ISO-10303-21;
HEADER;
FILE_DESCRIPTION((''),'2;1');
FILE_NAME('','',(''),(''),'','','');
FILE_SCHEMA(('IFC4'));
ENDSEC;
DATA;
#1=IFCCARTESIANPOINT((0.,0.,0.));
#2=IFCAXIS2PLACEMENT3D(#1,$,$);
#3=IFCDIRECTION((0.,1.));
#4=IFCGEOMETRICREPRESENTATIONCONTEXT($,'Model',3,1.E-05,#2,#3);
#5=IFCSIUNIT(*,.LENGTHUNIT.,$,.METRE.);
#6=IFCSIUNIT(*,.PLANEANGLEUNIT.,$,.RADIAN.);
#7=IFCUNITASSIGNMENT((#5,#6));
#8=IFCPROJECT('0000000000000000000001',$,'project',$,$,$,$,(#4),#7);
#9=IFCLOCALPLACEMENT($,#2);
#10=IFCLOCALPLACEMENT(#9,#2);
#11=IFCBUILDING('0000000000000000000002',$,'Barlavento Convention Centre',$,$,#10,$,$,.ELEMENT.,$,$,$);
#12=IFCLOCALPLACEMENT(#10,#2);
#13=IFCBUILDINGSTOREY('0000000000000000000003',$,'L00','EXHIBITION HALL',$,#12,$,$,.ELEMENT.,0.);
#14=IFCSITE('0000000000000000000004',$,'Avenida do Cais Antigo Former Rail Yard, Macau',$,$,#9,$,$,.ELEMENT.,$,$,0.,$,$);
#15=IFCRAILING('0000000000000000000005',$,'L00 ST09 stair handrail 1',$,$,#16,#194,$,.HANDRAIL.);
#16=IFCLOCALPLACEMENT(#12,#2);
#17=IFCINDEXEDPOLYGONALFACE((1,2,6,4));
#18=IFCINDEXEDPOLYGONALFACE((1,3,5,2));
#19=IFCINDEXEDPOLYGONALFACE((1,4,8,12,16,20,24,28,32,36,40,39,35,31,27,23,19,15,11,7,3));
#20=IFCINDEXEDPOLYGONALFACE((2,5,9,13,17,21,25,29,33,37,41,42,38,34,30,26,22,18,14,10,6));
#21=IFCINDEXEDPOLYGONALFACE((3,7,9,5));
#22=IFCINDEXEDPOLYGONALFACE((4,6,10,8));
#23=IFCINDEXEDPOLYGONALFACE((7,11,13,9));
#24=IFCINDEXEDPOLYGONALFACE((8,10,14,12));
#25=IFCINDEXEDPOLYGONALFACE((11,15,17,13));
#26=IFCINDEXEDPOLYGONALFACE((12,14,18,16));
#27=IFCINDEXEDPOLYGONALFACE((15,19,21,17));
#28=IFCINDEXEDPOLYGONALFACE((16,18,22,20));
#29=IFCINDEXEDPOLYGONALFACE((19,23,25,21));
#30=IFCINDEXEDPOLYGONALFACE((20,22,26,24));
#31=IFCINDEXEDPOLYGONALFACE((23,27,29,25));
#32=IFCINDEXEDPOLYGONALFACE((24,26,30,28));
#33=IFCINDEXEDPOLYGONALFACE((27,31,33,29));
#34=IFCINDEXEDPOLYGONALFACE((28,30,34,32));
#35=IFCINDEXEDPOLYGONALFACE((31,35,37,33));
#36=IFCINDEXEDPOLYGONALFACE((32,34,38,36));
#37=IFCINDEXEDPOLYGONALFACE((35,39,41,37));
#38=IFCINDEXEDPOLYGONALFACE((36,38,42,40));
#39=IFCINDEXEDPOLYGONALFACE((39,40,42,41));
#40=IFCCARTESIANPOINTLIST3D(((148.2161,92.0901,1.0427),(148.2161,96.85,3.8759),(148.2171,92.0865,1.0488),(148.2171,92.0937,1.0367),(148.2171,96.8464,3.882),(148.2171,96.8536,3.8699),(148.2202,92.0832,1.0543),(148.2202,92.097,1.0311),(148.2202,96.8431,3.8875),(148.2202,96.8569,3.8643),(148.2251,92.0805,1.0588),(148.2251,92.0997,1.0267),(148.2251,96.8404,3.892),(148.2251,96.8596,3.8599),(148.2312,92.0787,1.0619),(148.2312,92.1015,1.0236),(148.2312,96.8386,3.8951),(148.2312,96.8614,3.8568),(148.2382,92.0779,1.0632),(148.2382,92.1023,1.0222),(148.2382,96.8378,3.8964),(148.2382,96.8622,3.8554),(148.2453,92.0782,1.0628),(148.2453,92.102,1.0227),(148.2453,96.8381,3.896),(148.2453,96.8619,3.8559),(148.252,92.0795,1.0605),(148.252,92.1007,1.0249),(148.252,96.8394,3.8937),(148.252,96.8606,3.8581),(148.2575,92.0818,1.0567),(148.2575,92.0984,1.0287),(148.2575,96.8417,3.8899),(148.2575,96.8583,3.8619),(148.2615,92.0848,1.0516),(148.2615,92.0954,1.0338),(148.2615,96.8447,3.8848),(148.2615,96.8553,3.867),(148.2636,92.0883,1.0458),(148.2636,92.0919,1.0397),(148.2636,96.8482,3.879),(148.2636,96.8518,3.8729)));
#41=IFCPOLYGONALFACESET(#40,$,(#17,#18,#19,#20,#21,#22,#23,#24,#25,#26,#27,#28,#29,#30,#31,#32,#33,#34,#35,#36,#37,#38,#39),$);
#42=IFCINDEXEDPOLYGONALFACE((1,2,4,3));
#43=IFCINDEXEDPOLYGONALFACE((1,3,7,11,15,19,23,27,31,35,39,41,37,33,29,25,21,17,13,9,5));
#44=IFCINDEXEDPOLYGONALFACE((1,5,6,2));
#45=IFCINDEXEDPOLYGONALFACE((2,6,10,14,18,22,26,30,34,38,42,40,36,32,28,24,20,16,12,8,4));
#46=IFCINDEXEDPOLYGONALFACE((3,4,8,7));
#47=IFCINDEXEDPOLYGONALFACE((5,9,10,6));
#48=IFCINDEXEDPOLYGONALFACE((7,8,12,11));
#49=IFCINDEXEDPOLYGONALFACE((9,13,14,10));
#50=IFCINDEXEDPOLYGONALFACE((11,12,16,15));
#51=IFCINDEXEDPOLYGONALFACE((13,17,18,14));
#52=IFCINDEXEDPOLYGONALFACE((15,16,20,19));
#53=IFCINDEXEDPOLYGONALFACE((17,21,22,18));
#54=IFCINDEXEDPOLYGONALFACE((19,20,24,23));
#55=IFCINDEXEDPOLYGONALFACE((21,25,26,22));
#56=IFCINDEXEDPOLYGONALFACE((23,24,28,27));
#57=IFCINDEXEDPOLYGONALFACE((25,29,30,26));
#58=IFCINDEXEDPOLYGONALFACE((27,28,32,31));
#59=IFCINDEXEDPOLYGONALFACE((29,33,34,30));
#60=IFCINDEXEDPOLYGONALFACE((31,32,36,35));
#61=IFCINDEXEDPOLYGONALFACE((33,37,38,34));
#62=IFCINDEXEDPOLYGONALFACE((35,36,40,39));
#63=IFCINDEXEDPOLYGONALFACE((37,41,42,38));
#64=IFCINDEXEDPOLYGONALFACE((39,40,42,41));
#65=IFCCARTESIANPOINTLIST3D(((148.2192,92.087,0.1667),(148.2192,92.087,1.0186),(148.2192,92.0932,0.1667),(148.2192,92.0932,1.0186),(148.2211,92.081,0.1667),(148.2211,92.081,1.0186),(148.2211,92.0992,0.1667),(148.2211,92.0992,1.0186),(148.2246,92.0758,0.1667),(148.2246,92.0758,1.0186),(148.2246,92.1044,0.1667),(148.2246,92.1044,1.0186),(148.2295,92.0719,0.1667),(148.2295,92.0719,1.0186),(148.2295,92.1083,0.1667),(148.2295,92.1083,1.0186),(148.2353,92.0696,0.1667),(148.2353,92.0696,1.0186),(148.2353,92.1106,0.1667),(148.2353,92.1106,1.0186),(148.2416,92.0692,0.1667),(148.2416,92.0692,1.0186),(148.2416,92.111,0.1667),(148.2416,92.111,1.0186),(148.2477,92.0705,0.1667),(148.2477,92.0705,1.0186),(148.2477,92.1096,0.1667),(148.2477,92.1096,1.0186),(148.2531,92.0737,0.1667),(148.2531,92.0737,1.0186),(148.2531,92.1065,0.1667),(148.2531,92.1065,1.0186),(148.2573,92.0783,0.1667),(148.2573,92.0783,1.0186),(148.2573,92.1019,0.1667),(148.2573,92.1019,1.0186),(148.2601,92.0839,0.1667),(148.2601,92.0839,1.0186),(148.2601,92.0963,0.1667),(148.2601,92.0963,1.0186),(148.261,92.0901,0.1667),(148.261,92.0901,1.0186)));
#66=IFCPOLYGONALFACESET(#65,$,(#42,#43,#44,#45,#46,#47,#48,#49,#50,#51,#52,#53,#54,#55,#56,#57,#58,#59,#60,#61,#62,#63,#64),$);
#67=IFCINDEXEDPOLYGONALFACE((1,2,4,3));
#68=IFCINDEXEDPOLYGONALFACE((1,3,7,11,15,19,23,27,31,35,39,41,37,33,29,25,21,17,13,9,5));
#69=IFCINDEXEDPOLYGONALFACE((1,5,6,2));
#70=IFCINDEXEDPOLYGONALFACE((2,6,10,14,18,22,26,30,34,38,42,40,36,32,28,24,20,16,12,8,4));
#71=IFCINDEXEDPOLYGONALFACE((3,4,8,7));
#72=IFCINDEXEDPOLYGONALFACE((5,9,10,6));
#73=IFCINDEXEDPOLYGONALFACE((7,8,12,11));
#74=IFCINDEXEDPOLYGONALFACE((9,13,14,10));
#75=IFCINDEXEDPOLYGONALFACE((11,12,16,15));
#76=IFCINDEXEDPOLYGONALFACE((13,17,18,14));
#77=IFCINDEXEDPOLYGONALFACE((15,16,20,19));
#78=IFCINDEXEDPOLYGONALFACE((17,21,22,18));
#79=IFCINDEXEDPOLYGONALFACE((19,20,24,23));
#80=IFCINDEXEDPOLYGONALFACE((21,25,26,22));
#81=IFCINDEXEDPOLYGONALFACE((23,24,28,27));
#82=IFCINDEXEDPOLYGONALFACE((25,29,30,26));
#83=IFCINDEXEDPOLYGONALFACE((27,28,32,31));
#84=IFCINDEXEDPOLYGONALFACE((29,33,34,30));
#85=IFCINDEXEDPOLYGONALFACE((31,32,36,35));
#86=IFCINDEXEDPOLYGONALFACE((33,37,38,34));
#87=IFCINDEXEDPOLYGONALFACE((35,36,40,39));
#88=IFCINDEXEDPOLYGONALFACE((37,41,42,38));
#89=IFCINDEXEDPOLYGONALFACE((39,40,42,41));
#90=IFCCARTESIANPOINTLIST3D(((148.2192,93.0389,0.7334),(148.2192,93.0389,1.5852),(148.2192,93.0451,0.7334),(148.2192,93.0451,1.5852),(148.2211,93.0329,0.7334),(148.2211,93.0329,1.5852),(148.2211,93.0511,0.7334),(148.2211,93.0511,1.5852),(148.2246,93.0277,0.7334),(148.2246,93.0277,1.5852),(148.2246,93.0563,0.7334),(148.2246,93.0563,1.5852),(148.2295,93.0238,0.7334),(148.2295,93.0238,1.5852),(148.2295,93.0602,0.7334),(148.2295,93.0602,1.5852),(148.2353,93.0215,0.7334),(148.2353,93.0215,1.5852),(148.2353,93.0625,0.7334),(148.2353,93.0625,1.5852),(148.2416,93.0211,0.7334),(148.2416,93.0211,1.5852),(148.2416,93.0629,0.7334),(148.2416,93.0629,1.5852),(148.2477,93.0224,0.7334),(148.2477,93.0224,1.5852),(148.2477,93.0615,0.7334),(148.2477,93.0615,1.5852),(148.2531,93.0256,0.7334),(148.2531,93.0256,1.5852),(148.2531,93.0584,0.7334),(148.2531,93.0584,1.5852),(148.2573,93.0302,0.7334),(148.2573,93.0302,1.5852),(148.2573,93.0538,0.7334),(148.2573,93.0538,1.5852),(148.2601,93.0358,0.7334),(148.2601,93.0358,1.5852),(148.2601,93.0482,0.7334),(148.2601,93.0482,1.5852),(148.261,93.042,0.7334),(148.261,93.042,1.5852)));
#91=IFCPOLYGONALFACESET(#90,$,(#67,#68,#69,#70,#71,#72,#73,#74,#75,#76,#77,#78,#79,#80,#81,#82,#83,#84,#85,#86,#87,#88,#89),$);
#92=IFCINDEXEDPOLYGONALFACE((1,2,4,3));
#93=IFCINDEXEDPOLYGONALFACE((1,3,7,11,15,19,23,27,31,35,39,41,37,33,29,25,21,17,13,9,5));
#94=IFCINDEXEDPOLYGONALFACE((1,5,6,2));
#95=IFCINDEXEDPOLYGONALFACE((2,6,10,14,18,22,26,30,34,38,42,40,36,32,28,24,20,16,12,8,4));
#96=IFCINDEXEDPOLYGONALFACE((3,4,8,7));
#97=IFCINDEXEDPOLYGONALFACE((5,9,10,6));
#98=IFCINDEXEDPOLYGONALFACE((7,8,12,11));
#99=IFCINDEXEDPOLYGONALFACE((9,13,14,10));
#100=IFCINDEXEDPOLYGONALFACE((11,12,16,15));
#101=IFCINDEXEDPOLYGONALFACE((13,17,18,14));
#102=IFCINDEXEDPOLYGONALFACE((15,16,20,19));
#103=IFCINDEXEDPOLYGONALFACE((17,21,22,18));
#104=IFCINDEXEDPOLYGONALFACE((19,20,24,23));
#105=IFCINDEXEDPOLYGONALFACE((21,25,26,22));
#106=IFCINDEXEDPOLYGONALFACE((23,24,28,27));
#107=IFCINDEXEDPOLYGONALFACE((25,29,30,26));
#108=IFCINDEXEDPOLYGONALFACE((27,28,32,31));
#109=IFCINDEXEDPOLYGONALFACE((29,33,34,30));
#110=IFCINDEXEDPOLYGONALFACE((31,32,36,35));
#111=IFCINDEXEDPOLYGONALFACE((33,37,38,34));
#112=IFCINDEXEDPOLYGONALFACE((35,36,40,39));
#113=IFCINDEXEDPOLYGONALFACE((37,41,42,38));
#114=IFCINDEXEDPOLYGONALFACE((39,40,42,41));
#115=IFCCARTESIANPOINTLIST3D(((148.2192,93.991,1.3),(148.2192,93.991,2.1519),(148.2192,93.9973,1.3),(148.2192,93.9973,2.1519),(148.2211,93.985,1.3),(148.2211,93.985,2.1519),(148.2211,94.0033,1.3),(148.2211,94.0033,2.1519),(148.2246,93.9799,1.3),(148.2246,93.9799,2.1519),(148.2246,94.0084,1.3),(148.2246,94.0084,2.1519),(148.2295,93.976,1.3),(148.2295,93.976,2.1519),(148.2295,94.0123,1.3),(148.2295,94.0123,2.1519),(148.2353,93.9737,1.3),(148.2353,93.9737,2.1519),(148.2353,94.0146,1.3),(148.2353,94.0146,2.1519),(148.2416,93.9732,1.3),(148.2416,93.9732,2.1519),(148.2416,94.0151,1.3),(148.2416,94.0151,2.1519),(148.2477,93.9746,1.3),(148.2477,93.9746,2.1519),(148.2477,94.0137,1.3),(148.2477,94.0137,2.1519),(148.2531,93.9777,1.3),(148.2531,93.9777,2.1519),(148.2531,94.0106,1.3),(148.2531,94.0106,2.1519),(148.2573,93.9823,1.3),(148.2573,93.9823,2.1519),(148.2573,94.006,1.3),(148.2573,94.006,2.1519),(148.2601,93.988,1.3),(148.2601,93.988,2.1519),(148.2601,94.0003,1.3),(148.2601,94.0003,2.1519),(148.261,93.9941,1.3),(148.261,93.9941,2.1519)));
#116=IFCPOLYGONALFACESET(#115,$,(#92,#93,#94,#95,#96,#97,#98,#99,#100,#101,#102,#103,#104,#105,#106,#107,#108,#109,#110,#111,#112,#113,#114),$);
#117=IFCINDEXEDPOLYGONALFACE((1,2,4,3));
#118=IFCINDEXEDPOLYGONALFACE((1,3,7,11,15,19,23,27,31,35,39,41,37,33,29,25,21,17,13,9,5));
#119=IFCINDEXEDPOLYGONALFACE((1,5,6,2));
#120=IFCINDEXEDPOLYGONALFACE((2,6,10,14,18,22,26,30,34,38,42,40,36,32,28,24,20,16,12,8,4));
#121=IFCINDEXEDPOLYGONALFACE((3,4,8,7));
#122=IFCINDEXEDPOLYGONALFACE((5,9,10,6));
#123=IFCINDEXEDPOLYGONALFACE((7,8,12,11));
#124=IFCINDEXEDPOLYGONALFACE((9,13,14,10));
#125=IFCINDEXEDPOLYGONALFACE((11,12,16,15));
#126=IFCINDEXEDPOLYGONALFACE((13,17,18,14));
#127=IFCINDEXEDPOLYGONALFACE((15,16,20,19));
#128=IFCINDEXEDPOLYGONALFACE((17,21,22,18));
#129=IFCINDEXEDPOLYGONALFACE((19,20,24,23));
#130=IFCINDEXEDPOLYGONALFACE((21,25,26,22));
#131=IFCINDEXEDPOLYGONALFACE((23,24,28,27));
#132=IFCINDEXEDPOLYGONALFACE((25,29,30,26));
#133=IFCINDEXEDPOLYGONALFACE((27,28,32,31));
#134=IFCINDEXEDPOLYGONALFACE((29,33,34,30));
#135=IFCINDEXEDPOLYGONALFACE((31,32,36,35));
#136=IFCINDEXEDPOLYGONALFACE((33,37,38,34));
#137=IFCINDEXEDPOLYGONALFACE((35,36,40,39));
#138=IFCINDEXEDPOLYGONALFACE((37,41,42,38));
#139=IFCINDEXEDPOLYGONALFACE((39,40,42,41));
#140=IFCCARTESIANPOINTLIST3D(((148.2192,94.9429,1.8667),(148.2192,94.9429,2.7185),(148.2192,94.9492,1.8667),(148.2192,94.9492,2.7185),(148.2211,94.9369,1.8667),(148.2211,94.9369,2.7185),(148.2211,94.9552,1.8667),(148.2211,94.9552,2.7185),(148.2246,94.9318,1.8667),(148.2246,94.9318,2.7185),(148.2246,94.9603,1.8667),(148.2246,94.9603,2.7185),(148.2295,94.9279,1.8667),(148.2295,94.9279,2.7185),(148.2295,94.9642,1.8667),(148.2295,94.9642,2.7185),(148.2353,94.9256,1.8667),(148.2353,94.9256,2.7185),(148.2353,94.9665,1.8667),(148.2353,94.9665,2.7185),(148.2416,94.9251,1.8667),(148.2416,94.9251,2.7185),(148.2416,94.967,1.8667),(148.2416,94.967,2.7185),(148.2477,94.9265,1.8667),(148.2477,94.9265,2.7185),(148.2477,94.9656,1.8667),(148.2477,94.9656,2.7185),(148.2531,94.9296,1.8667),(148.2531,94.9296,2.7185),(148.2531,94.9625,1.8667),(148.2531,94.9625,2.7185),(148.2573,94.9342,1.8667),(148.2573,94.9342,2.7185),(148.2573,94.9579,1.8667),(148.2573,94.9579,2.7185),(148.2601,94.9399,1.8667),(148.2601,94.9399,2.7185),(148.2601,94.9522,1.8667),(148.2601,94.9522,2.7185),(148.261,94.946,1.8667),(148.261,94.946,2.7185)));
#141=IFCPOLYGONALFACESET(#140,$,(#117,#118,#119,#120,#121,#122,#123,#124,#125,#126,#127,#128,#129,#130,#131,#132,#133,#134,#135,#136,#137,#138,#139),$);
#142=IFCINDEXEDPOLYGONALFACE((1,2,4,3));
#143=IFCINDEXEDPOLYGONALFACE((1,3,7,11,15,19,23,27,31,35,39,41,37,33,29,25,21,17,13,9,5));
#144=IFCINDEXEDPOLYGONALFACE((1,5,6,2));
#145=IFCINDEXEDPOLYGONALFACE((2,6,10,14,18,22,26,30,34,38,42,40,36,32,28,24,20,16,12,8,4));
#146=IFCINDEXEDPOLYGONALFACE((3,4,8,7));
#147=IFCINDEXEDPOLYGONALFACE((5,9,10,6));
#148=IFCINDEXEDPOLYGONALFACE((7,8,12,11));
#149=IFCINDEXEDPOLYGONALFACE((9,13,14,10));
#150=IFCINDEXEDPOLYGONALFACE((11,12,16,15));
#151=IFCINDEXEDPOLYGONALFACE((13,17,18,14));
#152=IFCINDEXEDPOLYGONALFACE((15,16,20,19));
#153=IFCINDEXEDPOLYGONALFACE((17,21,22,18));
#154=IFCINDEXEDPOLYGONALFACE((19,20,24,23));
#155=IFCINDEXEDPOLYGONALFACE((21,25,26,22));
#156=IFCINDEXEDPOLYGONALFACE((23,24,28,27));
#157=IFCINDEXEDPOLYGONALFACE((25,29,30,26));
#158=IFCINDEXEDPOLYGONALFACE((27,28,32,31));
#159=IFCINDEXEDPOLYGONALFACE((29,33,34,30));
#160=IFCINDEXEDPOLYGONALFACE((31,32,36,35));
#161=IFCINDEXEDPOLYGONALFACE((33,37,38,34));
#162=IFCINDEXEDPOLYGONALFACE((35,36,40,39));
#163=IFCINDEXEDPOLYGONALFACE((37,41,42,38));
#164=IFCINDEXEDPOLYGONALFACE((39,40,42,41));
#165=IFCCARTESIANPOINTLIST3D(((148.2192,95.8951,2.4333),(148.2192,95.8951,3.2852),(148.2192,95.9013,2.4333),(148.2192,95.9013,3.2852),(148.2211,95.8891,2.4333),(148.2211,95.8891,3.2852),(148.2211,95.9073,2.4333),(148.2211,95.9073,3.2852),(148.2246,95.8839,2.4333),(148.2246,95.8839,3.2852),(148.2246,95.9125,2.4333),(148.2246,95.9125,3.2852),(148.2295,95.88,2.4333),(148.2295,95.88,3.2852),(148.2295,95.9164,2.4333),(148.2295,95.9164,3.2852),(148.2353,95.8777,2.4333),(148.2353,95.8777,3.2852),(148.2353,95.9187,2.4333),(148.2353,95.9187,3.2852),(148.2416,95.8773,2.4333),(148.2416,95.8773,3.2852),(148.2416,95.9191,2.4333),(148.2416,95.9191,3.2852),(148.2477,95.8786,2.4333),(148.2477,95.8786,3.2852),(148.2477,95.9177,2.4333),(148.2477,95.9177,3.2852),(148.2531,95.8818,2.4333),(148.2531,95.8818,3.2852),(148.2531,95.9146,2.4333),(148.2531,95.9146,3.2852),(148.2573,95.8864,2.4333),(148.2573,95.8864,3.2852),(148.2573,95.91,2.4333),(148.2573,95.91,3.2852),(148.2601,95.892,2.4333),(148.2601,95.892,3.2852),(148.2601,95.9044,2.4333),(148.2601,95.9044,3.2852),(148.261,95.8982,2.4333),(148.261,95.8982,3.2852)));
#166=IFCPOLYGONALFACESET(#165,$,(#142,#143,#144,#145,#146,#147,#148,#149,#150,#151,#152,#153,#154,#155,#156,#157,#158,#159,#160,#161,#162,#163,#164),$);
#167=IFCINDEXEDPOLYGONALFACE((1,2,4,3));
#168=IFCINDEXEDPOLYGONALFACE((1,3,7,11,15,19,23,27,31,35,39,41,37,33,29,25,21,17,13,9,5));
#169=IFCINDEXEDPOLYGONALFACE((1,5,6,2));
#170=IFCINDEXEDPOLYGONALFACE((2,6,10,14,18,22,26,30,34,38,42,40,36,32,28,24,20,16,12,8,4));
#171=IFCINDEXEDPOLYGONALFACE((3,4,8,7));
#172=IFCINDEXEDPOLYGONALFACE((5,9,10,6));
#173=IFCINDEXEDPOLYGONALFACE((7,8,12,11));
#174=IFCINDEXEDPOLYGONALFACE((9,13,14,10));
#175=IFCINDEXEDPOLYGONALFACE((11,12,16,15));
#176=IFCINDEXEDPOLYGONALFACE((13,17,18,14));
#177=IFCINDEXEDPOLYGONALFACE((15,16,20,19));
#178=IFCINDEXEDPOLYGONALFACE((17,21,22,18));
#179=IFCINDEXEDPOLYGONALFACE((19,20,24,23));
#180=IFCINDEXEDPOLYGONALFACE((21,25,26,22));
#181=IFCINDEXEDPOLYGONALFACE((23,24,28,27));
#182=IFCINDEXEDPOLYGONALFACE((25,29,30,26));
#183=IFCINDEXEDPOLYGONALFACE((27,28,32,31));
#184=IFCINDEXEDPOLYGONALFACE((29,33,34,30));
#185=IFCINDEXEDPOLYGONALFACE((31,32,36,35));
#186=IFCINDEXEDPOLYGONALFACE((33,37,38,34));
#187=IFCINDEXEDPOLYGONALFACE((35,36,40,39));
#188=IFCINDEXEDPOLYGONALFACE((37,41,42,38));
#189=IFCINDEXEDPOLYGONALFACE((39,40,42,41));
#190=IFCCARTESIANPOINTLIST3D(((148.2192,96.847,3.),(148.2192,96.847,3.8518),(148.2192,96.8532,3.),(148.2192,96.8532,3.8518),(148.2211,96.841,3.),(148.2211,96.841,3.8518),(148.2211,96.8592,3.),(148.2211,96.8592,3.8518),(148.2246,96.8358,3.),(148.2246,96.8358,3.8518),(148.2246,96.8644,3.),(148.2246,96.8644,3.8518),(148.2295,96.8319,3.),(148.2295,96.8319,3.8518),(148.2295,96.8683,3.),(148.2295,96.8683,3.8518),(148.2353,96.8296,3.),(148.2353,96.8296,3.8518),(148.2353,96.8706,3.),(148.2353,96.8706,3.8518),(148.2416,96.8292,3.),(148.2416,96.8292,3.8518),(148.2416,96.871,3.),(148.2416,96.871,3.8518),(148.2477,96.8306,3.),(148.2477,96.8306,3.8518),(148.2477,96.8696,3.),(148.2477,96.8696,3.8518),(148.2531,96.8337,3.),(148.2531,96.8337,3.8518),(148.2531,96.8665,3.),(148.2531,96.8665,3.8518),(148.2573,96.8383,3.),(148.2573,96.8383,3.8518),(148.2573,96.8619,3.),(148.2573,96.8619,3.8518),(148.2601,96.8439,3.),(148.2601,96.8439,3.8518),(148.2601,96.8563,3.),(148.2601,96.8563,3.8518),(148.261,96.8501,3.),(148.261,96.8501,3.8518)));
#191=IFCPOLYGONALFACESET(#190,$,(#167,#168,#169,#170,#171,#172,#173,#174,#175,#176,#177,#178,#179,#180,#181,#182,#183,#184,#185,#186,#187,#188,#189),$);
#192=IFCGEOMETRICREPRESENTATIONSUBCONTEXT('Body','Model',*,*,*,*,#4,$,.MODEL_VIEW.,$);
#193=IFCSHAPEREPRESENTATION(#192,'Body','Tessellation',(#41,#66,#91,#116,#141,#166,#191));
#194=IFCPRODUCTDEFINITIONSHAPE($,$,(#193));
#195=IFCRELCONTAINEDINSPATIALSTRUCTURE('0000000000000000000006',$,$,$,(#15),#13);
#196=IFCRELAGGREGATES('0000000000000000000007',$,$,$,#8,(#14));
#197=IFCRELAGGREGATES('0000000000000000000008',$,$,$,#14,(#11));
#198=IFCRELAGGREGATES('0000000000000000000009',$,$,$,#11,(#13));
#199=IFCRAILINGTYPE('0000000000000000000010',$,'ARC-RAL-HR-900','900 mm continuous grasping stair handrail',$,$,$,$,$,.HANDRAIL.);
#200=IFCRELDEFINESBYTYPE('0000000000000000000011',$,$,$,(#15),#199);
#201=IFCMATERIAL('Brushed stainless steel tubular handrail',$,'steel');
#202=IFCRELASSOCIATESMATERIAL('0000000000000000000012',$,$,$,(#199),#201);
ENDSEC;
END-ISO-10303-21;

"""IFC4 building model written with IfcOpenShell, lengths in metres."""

from ifc_helpers import new_model, si_unit, direction, frame, origin, origin_2d, place, context, subcontext, project, spatial, circle, extrude, material, type_object, element, save


model = new_model("IFC4")

# Units and contexts
model_context = context("Model", 3, precision=1e-05, world=origin(), true_north=direction((0.0, 1.0)))
body_context = subcontext(model_context, "Body", "Model", "MODEL_VIEW")
ifc_project = project(units=[si_unit("LENGTHUNIT", "METRE"), si_unit("PLANEANGLEUNIT", "RADIAN")], contexts=[model_context])

# Site, building, storey
site_placement = place(None, origin())
site = spatial("IfcSite", under=ifc_project, at=site_placement, Name="Avenida do Cais Antigo Former Rail Yard, Macau", CompositionType="ELEMENT", RefElevation=0.0)
building_placement = place(site_placement, origin())
building = spatial("IfcBuilding", under=site, at=building_placement, Name="Barlavento Convention Centre", CompositionType="ELEMENT")
storey_placement = place(building_placement, origin())
storey = spatial("IfcBuildingStorey", under=building, at=storey_placement, Name="L00", Description="EXHIBITION HALL", CompositionType="ELEMENT", Elevation=0.0)

# Railing
ifc_material_1 = material(Name="Brushed stainless steel tubular handrail", Category="steel")
railing_type_1 = type_object("IfcRailingType", Name="ARC-RAL-HR-900", Description="900 mm continuous grasping stair handrail", PredefinedType="HANDRAIL", material=ifc_material_1)
railing_1_placement = place(storey_placement, frame((148.24, 92.0901, 0.1667)))
element("IfcRailing", 1, at=railing_1_placement, inside=storey, type_object=railing_type_1, Name="L00 ST09 stair handrail 1", PredefinedType="HANDRAIL", context=body_context, shape_type="SweptSolid", body=[
    extrude(circle(Radius=0.0239, at=origin_2d()), frame((0.0, 0.0, 0.876), z_axis=(0.0, 0.8593, 0.511472), x_axis=(-1.0, 0.0, 0.0)), (0.0, 0.0, 1.0), 5.5393),
    extrude(circle(Radius=0.021, at=origin_2d()), origin(), (0.0, 0.0, 1.0), 0.8518),
    extrude(circle(Radius=0.021, at=origin_2d()), frame((0.0, 0.9519, 0.5667)), (0.0, 0.0, 1.0), 0.8518),
    extrude(circle(Radius=0.021, at=origin_2d()), frame((0.0, 1.9041, 1.1333)), (0.0, 0.0, 1.0), 0.8518),
    extrude(circle(Radius=0.021, at=origin_2d()), frame((0.0, 2.856, 1.7)), (0.0, 0.0, 1.0), 0.8518),
    extrude(circle(Radius=0.021, at=origin_2d()), frame((0.0, 3.8081, 2.2666)), (0.0, 0.0, 1.0), 0.8518),
    extrude(circle(Radius=0.021, at=origin_2d()), frame((0.0, 4.76, 2.8333)), (0.0, 0.0, 1.0), 0.8518),
])

save(model, "model.ifc")
